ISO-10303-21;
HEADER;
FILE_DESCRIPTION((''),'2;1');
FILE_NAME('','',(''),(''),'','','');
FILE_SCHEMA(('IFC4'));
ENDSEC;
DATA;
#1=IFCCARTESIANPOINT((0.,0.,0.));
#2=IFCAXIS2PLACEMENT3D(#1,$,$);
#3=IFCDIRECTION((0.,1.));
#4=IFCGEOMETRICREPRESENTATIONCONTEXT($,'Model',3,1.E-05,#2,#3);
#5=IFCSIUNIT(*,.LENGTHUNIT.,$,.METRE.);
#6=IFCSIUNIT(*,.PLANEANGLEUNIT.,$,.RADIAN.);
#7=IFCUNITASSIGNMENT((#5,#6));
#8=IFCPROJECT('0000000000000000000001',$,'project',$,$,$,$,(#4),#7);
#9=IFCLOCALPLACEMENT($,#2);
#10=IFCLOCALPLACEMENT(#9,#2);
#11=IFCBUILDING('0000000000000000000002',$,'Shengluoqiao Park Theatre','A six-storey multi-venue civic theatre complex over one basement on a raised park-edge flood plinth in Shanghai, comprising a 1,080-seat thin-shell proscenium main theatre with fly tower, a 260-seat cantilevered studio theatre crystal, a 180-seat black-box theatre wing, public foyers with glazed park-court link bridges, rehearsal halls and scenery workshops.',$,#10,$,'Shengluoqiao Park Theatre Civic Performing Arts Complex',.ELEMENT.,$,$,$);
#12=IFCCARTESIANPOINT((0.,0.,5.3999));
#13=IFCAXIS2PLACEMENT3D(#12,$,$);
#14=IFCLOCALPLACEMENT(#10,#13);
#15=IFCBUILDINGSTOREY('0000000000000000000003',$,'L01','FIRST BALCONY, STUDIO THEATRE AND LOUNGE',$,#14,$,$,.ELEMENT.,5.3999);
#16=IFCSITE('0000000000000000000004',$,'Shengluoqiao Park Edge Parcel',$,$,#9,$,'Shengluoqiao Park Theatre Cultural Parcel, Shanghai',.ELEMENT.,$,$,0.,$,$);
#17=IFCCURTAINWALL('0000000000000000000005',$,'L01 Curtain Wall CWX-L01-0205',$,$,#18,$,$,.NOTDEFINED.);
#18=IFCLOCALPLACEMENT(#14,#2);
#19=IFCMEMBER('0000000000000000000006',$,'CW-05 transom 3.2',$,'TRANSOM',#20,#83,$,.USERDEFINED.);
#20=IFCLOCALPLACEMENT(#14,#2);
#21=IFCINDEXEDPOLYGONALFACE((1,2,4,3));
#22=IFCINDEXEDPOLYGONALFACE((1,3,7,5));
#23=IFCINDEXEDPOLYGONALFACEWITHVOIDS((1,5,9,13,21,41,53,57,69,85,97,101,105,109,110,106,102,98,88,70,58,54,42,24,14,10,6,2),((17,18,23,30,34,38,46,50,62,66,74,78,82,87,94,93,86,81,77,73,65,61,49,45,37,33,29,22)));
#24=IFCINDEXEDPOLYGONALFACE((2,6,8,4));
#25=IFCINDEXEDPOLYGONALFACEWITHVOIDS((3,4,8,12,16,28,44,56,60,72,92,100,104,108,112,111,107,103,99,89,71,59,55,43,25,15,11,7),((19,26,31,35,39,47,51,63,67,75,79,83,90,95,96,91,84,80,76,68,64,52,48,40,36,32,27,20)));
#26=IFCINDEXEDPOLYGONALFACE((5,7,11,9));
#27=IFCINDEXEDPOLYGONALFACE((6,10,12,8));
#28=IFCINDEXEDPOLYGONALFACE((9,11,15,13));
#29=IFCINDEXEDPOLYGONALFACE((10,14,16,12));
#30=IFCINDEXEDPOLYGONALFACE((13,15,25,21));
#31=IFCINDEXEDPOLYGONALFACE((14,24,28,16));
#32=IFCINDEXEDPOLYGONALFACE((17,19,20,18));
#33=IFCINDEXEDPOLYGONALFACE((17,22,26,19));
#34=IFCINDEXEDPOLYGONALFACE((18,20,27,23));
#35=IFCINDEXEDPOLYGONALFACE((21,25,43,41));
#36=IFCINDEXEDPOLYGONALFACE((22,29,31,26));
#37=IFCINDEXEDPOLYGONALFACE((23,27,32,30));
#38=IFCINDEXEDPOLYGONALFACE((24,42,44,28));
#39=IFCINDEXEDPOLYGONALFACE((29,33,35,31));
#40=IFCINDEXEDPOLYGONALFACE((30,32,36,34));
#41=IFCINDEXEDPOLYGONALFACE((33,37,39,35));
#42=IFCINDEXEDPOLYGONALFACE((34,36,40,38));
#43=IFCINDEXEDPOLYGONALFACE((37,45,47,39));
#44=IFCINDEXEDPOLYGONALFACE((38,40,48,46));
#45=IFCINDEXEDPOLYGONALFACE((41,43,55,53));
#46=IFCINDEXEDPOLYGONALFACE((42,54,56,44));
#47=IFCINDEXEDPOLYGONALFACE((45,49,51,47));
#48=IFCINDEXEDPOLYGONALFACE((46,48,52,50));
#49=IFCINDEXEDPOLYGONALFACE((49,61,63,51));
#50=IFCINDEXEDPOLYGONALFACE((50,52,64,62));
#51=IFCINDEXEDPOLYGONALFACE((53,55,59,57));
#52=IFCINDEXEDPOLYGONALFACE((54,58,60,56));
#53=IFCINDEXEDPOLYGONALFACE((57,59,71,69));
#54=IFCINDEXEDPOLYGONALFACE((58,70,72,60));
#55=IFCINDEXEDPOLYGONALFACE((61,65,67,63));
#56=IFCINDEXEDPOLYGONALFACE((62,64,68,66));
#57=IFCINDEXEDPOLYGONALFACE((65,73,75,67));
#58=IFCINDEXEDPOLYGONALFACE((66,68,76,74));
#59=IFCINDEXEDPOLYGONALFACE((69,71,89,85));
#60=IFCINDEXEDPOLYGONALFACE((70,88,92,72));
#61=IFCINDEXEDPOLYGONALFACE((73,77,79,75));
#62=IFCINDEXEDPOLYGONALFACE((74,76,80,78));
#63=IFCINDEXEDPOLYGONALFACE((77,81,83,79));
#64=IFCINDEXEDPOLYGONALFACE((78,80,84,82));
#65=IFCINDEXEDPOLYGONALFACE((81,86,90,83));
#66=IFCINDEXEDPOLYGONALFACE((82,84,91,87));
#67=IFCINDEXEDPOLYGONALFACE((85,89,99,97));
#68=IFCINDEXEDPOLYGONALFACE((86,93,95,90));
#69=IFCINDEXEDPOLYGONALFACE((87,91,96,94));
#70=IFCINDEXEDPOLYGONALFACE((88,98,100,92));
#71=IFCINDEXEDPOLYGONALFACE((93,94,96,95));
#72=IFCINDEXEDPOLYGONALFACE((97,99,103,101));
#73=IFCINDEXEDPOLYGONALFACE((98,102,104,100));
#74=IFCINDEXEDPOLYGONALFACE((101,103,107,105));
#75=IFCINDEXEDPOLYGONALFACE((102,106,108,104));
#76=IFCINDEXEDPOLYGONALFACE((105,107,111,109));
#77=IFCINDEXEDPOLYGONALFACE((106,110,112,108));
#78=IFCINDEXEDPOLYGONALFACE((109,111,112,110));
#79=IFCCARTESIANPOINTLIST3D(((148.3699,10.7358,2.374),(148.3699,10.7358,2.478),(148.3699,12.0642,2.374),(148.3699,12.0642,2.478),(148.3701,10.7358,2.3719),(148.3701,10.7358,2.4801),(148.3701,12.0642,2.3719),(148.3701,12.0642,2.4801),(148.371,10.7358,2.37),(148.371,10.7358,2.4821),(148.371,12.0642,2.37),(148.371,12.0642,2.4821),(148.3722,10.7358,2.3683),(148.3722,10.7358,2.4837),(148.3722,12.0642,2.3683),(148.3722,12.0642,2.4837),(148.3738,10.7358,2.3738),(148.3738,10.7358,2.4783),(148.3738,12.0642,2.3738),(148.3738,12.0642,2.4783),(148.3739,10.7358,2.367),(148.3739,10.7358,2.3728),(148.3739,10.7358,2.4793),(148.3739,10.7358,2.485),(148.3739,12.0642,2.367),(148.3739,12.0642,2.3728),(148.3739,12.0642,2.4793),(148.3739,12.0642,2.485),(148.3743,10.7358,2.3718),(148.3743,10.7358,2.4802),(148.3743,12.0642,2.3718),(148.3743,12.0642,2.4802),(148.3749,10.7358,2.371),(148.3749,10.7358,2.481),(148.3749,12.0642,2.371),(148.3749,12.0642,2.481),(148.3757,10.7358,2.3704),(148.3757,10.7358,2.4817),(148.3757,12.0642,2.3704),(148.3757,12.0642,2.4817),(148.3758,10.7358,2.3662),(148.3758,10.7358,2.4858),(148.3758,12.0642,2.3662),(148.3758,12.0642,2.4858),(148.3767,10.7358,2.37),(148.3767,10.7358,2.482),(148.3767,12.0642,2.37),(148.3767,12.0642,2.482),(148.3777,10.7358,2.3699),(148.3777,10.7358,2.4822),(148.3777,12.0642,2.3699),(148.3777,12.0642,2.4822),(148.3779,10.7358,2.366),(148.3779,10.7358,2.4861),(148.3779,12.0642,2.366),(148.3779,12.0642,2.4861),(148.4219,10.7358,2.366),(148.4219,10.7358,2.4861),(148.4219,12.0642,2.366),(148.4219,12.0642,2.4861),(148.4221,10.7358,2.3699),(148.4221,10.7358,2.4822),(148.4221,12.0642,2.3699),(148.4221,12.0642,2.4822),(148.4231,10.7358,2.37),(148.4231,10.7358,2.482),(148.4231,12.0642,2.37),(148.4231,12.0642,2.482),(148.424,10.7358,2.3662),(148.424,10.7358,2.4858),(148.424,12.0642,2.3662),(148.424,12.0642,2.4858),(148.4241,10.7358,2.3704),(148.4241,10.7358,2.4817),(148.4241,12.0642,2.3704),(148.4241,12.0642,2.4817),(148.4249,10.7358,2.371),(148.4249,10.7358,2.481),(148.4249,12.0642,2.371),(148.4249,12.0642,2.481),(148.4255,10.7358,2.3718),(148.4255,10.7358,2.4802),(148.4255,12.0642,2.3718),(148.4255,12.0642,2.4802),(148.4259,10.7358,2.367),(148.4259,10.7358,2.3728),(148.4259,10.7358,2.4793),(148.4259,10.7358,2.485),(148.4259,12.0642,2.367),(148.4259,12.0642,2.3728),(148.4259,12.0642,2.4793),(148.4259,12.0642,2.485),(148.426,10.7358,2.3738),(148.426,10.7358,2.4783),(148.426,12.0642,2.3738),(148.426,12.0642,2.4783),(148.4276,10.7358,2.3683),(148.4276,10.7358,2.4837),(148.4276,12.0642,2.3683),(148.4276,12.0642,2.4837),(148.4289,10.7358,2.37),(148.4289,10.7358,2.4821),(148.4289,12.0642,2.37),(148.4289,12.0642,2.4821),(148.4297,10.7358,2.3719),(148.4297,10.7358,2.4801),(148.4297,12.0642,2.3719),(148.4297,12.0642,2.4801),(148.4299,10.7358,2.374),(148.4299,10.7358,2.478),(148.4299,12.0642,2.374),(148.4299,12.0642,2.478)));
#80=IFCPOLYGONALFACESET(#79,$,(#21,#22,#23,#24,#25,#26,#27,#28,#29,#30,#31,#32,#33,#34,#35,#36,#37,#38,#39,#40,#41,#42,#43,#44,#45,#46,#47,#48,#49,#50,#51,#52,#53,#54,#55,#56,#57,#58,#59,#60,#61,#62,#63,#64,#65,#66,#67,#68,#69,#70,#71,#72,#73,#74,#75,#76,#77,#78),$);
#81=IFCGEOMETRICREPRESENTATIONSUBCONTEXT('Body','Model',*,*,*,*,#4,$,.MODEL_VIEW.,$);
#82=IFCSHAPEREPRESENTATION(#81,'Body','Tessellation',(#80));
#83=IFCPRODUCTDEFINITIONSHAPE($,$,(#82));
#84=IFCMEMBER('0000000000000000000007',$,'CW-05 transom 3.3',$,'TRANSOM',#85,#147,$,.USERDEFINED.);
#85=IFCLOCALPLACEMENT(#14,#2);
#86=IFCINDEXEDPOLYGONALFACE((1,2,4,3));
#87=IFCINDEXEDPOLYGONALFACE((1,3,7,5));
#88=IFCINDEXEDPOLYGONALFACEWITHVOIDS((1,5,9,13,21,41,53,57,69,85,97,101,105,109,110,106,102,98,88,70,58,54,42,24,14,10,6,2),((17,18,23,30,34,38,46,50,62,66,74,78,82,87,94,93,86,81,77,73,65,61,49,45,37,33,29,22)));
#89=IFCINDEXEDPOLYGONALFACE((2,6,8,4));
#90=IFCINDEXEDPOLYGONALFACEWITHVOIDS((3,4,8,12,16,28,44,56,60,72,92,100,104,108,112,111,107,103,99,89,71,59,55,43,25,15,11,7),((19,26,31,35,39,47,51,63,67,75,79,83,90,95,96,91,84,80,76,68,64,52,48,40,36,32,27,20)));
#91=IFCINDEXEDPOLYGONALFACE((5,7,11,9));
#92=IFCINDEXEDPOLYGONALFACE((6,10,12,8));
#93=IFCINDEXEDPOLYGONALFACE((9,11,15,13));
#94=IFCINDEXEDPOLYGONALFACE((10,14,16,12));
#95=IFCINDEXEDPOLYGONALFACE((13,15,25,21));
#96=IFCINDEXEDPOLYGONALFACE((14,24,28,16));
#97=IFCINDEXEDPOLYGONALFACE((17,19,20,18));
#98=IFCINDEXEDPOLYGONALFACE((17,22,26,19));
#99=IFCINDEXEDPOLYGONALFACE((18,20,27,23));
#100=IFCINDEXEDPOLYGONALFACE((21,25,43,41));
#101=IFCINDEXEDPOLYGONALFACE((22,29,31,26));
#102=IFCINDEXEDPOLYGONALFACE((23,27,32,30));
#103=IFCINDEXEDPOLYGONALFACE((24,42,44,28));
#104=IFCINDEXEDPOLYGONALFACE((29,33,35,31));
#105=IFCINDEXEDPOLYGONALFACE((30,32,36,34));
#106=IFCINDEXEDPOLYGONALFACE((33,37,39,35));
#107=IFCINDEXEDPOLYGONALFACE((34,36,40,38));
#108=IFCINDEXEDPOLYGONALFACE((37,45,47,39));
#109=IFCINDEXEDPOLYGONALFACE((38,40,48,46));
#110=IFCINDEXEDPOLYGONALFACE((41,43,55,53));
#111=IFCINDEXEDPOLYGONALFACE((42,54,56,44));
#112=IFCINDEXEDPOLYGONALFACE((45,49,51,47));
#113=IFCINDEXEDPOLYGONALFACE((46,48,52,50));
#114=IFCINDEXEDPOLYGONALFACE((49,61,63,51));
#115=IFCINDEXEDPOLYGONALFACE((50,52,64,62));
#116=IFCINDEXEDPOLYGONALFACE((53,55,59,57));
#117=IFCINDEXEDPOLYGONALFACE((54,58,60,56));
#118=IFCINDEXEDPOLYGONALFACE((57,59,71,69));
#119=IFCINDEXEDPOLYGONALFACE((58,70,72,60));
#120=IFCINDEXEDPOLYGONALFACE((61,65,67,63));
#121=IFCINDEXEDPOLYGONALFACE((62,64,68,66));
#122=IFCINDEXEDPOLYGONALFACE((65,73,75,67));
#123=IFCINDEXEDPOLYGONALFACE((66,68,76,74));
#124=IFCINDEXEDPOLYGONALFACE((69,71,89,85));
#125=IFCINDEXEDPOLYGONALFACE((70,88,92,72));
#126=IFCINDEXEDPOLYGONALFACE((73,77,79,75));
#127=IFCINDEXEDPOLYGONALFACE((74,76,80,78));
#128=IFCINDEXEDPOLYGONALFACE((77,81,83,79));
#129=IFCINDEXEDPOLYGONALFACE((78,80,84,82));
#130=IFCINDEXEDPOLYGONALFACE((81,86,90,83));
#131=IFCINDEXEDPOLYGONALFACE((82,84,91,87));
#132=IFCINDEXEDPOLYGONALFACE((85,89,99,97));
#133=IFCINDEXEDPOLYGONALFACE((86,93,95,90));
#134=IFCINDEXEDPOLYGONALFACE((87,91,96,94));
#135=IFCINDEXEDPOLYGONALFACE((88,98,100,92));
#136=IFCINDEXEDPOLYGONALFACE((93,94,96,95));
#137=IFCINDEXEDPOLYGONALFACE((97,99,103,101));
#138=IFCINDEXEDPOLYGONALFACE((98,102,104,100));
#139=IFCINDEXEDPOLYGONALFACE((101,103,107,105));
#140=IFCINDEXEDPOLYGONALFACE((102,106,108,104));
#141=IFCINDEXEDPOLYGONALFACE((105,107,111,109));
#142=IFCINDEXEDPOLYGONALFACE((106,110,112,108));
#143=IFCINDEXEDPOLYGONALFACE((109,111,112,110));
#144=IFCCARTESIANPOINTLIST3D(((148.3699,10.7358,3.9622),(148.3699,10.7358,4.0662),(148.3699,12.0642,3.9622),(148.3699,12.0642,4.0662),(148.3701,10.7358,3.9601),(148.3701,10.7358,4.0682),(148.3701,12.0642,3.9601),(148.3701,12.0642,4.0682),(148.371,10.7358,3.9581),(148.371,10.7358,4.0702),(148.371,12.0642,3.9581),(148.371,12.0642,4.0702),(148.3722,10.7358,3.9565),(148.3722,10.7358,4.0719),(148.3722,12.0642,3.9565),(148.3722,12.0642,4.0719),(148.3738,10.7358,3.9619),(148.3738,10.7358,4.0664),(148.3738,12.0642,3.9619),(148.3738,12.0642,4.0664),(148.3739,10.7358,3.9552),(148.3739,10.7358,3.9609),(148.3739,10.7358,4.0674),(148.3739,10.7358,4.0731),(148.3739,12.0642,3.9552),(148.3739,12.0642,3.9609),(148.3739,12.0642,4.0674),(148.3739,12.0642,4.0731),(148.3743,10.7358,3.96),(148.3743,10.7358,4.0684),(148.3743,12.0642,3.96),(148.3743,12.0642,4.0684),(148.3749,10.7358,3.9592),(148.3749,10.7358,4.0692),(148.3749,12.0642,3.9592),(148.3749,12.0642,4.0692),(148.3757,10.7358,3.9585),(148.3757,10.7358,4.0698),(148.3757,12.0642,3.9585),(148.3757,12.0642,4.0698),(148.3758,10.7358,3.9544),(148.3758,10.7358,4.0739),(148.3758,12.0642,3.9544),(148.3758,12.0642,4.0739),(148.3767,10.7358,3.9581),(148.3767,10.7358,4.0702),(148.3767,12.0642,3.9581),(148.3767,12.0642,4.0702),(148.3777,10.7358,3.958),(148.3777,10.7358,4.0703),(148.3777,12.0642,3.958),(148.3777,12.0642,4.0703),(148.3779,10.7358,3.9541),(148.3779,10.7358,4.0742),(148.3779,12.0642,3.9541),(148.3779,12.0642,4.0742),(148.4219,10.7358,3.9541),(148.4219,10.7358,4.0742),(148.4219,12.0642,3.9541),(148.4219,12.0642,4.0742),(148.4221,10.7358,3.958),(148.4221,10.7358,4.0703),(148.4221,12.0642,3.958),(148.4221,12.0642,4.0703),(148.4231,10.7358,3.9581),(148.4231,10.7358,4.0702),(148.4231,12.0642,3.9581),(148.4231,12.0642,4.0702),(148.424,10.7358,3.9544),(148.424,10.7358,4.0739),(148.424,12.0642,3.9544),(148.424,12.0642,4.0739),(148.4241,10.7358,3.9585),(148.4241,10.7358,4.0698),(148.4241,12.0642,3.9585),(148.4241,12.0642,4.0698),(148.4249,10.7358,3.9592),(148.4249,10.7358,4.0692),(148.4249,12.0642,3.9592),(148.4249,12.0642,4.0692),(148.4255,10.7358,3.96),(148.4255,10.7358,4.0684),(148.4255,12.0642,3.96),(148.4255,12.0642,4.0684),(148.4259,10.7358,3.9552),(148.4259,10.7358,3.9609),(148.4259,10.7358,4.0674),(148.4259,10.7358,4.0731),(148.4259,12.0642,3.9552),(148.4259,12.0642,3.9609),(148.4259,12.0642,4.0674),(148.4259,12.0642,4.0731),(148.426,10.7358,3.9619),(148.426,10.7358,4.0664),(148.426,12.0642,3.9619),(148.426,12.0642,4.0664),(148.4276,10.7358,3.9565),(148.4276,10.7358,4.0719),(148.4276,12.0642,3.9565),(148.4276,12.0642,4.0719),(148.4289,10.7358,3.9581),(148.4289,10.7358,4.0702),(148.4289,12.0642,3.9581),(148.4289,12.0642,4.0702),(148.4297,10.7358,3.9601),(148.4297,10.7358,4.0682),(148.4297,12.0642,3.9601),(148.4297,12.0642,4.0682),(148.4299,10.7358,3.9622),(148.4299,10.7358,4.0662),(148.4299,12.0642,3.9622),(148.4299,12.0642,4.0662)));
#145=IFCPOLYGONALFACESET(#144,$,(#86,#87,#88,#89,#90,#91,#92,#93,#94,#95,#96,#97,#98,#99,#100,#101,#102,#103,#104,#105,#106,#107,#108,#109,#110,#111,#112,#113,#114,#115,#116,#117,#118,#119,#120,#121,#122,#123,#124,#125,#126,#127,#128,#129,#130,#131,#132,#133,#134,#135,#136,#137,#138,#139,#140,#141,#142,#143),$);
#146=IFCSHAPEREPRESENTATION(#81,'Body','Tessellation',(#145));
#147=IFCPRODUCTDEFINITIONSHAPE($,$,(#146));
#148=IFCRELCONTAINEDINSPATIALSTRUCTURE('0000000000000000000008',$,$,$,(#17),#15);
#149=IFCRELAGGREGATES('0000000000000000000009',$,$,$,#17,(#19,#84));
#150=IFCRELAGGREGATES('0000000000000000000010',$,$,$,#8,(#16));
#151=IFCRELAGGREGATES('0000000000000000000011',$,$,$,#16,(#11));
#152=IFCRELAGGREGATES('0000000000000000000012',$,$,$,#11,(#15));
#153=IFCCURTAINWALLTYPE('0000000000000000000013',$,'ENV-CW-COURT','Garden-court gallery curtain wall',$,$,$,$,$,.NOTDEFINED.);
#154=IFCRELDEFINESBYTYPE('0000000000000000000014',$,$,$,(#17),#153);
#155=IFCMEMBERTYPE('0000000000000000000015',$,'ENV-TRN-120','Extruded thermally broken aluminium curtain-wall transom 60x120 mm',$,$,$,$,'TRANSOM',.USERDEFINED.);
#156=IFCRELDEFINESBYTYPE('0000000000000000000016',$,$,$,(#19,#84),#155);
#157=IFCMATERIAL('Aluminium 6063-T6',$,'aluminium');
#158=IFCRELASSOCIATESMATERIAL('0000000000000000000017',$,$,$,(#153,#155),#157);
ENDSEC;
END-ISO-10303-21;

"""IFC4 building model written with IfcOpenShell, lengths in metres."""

from ifc_helpers import new_model, si_unit, direction, frame, origin, origin_2d, place, context, subcontext, project, spatial, hollow_rectangle, extrude, material, material_profile, profile_set, type_object, element, aggregate, save


model = new_model("IFC4")

# Units and contexts
model_context = context("Model", 3, precision=1e-05, world=origin(), true_north=direction((0.0, 1.0)))
body_context = subcontext(model_context, "Body", "Model", "MODEL_VIEW")
ifc_project = project(units=[si_unit("LENGTHUNIT", "METRE"), si_unit("PLANEANGLEUNIT", "RADIAN")], contexts=[model_context])

# Site, building, storey
site_placement = place(None, origin())
site = spatial("IfcSite", under=ifc_project, at=site_placement, Name="Shengluoqiao Park Edge Parcel", LongName="Shengluoqiao Park Theatre Cultural Parcel, Shanghai", CompositionType="ELEMENT", RefElevation=0.0)
building_placement = place(site_placement, origin())
building = spatial("IfcBuilding", under=site, at=building_placement, Name="Shengluoqiao Park Theatre", Description="A six-storey multi-venue civic theatre complex over one basement on a raised park-edge flood plinth in Shanghai, comprising a 1,080-seat thin-shell proscenium main theatre with fly tower, a 260-seat cantilevered studio theatre crystal, a 180-seat black-box theatre wing, public foyers with glazed park-court link bridges, rehearsal halls and scenery workshops.", LongName="Shengluoqiao Park Theatre Civic Performing Arts Complex", CompositionType="ELEMENT")
storey_placement = place(building_placement, frame((0.0, 0.0, 5.3999)))
storey = spatial("IfcBuildingStorey", under=building, at=storey_placement, Name="L01", Description="FIRST BALCONY, STUDIO THEATRE AND LOUNGE", CompositionType="ELEMENT", Elevation=5.3999)

# Curtain wall, members
ifc_material_1 = material(Name="Aluminium 6063-T6", Category="aluminium")
curtain_wall_type = type_object("IfcCurtainWallType", Name="ENV-CW-COURT", Description="Garden-court gallery curtain wall", PredefinedType="NOTDEFINED", material=ifc_material_1)
curtain_wall_placement = place(storey_placement, origin())
curtain_wall = element("IfcCurtainWall", 1, at=curtain_wall_placement, inside=storey, type_object=curtain_wall_type, Name="L01 Curtain Wall CWX-L01-0205", PredefinedType="NOTDEFINED")
ifc_material_profile_1 = material_profile(ifc_material_1, hollow_rectangle(XDim=0.0601, YDim=0.1201, WallThickness=0.0039, InnerFilletRadius=0.0039, OuterFilletRadius=0.0081, at=origin_2d()), Name="ALU TRANSOM 120x60x4")
ifc_profile_set_1 = profile_set([ifc_material_profile_1], Name="Aluminium 6063-T6")
member_type_1 = type_object("IfcMemberType", Name="ENV-TRN-120", Description="Extruded thermally broken aluminium curtain-wall transom 60x120 mm", ElementType="TRANSOM", PredefinedType="USERDEFINED", material=ifc_profile_set_1)
member_1_placement = place(storey_placement, frame((148.3999, 10.7358, 2.426), z_axis=(0.0, 1.0, 0.0), x_axis=(-1.0, 0.0, 0.0)))
member_1 = element("IfcMember", 2, at=member_1_placement, type_object=member_type_1, Name="CW-05 transom 3.2", ObjectType="TRANSOM", PredefinedType="USERDEFINED", context=body_context, shape_type="SweptSolid", body=[
    extrude(hollow_rectangle(XDim=0.0601, YDim=0.1201, WallThickness=0.0039, InnerFilletRadius=0.0039, OuterFilletRadius=0.0081, at=origin_2d()), origin(), (0.0, 0.0, 1.0), 1.3284),
])
member_2_placement = place(storey_placement, frame((148.3999, 10.7358, 4.0142), z_axis=(0.0, 1.0, 0.0), x_axis=(-1.0, 0.0, 0.0)))
member_2 = element("IfcMember", 3, at=member_2_placement, type_object=member_type_1, Name="CW-05 transom 3.3", ObjectType="TRANSOM", PredefinedType="USERDEFINED", context=body_context, shape_type="SweptSolid", body=[
    extrude(hollow_rectangle(XDim=0.0601, YDim=0.1201, WallThickness=0.0039, InnerFilletRadius=0.0039, OuterFilletRadius=0.0081, at=origin_2d()), origin(), (0.0, 0.0, 1.0), 1.3284),
])

aggregate(curtain_wall, [member_1, member_2])

save(model, "model.ifc")
